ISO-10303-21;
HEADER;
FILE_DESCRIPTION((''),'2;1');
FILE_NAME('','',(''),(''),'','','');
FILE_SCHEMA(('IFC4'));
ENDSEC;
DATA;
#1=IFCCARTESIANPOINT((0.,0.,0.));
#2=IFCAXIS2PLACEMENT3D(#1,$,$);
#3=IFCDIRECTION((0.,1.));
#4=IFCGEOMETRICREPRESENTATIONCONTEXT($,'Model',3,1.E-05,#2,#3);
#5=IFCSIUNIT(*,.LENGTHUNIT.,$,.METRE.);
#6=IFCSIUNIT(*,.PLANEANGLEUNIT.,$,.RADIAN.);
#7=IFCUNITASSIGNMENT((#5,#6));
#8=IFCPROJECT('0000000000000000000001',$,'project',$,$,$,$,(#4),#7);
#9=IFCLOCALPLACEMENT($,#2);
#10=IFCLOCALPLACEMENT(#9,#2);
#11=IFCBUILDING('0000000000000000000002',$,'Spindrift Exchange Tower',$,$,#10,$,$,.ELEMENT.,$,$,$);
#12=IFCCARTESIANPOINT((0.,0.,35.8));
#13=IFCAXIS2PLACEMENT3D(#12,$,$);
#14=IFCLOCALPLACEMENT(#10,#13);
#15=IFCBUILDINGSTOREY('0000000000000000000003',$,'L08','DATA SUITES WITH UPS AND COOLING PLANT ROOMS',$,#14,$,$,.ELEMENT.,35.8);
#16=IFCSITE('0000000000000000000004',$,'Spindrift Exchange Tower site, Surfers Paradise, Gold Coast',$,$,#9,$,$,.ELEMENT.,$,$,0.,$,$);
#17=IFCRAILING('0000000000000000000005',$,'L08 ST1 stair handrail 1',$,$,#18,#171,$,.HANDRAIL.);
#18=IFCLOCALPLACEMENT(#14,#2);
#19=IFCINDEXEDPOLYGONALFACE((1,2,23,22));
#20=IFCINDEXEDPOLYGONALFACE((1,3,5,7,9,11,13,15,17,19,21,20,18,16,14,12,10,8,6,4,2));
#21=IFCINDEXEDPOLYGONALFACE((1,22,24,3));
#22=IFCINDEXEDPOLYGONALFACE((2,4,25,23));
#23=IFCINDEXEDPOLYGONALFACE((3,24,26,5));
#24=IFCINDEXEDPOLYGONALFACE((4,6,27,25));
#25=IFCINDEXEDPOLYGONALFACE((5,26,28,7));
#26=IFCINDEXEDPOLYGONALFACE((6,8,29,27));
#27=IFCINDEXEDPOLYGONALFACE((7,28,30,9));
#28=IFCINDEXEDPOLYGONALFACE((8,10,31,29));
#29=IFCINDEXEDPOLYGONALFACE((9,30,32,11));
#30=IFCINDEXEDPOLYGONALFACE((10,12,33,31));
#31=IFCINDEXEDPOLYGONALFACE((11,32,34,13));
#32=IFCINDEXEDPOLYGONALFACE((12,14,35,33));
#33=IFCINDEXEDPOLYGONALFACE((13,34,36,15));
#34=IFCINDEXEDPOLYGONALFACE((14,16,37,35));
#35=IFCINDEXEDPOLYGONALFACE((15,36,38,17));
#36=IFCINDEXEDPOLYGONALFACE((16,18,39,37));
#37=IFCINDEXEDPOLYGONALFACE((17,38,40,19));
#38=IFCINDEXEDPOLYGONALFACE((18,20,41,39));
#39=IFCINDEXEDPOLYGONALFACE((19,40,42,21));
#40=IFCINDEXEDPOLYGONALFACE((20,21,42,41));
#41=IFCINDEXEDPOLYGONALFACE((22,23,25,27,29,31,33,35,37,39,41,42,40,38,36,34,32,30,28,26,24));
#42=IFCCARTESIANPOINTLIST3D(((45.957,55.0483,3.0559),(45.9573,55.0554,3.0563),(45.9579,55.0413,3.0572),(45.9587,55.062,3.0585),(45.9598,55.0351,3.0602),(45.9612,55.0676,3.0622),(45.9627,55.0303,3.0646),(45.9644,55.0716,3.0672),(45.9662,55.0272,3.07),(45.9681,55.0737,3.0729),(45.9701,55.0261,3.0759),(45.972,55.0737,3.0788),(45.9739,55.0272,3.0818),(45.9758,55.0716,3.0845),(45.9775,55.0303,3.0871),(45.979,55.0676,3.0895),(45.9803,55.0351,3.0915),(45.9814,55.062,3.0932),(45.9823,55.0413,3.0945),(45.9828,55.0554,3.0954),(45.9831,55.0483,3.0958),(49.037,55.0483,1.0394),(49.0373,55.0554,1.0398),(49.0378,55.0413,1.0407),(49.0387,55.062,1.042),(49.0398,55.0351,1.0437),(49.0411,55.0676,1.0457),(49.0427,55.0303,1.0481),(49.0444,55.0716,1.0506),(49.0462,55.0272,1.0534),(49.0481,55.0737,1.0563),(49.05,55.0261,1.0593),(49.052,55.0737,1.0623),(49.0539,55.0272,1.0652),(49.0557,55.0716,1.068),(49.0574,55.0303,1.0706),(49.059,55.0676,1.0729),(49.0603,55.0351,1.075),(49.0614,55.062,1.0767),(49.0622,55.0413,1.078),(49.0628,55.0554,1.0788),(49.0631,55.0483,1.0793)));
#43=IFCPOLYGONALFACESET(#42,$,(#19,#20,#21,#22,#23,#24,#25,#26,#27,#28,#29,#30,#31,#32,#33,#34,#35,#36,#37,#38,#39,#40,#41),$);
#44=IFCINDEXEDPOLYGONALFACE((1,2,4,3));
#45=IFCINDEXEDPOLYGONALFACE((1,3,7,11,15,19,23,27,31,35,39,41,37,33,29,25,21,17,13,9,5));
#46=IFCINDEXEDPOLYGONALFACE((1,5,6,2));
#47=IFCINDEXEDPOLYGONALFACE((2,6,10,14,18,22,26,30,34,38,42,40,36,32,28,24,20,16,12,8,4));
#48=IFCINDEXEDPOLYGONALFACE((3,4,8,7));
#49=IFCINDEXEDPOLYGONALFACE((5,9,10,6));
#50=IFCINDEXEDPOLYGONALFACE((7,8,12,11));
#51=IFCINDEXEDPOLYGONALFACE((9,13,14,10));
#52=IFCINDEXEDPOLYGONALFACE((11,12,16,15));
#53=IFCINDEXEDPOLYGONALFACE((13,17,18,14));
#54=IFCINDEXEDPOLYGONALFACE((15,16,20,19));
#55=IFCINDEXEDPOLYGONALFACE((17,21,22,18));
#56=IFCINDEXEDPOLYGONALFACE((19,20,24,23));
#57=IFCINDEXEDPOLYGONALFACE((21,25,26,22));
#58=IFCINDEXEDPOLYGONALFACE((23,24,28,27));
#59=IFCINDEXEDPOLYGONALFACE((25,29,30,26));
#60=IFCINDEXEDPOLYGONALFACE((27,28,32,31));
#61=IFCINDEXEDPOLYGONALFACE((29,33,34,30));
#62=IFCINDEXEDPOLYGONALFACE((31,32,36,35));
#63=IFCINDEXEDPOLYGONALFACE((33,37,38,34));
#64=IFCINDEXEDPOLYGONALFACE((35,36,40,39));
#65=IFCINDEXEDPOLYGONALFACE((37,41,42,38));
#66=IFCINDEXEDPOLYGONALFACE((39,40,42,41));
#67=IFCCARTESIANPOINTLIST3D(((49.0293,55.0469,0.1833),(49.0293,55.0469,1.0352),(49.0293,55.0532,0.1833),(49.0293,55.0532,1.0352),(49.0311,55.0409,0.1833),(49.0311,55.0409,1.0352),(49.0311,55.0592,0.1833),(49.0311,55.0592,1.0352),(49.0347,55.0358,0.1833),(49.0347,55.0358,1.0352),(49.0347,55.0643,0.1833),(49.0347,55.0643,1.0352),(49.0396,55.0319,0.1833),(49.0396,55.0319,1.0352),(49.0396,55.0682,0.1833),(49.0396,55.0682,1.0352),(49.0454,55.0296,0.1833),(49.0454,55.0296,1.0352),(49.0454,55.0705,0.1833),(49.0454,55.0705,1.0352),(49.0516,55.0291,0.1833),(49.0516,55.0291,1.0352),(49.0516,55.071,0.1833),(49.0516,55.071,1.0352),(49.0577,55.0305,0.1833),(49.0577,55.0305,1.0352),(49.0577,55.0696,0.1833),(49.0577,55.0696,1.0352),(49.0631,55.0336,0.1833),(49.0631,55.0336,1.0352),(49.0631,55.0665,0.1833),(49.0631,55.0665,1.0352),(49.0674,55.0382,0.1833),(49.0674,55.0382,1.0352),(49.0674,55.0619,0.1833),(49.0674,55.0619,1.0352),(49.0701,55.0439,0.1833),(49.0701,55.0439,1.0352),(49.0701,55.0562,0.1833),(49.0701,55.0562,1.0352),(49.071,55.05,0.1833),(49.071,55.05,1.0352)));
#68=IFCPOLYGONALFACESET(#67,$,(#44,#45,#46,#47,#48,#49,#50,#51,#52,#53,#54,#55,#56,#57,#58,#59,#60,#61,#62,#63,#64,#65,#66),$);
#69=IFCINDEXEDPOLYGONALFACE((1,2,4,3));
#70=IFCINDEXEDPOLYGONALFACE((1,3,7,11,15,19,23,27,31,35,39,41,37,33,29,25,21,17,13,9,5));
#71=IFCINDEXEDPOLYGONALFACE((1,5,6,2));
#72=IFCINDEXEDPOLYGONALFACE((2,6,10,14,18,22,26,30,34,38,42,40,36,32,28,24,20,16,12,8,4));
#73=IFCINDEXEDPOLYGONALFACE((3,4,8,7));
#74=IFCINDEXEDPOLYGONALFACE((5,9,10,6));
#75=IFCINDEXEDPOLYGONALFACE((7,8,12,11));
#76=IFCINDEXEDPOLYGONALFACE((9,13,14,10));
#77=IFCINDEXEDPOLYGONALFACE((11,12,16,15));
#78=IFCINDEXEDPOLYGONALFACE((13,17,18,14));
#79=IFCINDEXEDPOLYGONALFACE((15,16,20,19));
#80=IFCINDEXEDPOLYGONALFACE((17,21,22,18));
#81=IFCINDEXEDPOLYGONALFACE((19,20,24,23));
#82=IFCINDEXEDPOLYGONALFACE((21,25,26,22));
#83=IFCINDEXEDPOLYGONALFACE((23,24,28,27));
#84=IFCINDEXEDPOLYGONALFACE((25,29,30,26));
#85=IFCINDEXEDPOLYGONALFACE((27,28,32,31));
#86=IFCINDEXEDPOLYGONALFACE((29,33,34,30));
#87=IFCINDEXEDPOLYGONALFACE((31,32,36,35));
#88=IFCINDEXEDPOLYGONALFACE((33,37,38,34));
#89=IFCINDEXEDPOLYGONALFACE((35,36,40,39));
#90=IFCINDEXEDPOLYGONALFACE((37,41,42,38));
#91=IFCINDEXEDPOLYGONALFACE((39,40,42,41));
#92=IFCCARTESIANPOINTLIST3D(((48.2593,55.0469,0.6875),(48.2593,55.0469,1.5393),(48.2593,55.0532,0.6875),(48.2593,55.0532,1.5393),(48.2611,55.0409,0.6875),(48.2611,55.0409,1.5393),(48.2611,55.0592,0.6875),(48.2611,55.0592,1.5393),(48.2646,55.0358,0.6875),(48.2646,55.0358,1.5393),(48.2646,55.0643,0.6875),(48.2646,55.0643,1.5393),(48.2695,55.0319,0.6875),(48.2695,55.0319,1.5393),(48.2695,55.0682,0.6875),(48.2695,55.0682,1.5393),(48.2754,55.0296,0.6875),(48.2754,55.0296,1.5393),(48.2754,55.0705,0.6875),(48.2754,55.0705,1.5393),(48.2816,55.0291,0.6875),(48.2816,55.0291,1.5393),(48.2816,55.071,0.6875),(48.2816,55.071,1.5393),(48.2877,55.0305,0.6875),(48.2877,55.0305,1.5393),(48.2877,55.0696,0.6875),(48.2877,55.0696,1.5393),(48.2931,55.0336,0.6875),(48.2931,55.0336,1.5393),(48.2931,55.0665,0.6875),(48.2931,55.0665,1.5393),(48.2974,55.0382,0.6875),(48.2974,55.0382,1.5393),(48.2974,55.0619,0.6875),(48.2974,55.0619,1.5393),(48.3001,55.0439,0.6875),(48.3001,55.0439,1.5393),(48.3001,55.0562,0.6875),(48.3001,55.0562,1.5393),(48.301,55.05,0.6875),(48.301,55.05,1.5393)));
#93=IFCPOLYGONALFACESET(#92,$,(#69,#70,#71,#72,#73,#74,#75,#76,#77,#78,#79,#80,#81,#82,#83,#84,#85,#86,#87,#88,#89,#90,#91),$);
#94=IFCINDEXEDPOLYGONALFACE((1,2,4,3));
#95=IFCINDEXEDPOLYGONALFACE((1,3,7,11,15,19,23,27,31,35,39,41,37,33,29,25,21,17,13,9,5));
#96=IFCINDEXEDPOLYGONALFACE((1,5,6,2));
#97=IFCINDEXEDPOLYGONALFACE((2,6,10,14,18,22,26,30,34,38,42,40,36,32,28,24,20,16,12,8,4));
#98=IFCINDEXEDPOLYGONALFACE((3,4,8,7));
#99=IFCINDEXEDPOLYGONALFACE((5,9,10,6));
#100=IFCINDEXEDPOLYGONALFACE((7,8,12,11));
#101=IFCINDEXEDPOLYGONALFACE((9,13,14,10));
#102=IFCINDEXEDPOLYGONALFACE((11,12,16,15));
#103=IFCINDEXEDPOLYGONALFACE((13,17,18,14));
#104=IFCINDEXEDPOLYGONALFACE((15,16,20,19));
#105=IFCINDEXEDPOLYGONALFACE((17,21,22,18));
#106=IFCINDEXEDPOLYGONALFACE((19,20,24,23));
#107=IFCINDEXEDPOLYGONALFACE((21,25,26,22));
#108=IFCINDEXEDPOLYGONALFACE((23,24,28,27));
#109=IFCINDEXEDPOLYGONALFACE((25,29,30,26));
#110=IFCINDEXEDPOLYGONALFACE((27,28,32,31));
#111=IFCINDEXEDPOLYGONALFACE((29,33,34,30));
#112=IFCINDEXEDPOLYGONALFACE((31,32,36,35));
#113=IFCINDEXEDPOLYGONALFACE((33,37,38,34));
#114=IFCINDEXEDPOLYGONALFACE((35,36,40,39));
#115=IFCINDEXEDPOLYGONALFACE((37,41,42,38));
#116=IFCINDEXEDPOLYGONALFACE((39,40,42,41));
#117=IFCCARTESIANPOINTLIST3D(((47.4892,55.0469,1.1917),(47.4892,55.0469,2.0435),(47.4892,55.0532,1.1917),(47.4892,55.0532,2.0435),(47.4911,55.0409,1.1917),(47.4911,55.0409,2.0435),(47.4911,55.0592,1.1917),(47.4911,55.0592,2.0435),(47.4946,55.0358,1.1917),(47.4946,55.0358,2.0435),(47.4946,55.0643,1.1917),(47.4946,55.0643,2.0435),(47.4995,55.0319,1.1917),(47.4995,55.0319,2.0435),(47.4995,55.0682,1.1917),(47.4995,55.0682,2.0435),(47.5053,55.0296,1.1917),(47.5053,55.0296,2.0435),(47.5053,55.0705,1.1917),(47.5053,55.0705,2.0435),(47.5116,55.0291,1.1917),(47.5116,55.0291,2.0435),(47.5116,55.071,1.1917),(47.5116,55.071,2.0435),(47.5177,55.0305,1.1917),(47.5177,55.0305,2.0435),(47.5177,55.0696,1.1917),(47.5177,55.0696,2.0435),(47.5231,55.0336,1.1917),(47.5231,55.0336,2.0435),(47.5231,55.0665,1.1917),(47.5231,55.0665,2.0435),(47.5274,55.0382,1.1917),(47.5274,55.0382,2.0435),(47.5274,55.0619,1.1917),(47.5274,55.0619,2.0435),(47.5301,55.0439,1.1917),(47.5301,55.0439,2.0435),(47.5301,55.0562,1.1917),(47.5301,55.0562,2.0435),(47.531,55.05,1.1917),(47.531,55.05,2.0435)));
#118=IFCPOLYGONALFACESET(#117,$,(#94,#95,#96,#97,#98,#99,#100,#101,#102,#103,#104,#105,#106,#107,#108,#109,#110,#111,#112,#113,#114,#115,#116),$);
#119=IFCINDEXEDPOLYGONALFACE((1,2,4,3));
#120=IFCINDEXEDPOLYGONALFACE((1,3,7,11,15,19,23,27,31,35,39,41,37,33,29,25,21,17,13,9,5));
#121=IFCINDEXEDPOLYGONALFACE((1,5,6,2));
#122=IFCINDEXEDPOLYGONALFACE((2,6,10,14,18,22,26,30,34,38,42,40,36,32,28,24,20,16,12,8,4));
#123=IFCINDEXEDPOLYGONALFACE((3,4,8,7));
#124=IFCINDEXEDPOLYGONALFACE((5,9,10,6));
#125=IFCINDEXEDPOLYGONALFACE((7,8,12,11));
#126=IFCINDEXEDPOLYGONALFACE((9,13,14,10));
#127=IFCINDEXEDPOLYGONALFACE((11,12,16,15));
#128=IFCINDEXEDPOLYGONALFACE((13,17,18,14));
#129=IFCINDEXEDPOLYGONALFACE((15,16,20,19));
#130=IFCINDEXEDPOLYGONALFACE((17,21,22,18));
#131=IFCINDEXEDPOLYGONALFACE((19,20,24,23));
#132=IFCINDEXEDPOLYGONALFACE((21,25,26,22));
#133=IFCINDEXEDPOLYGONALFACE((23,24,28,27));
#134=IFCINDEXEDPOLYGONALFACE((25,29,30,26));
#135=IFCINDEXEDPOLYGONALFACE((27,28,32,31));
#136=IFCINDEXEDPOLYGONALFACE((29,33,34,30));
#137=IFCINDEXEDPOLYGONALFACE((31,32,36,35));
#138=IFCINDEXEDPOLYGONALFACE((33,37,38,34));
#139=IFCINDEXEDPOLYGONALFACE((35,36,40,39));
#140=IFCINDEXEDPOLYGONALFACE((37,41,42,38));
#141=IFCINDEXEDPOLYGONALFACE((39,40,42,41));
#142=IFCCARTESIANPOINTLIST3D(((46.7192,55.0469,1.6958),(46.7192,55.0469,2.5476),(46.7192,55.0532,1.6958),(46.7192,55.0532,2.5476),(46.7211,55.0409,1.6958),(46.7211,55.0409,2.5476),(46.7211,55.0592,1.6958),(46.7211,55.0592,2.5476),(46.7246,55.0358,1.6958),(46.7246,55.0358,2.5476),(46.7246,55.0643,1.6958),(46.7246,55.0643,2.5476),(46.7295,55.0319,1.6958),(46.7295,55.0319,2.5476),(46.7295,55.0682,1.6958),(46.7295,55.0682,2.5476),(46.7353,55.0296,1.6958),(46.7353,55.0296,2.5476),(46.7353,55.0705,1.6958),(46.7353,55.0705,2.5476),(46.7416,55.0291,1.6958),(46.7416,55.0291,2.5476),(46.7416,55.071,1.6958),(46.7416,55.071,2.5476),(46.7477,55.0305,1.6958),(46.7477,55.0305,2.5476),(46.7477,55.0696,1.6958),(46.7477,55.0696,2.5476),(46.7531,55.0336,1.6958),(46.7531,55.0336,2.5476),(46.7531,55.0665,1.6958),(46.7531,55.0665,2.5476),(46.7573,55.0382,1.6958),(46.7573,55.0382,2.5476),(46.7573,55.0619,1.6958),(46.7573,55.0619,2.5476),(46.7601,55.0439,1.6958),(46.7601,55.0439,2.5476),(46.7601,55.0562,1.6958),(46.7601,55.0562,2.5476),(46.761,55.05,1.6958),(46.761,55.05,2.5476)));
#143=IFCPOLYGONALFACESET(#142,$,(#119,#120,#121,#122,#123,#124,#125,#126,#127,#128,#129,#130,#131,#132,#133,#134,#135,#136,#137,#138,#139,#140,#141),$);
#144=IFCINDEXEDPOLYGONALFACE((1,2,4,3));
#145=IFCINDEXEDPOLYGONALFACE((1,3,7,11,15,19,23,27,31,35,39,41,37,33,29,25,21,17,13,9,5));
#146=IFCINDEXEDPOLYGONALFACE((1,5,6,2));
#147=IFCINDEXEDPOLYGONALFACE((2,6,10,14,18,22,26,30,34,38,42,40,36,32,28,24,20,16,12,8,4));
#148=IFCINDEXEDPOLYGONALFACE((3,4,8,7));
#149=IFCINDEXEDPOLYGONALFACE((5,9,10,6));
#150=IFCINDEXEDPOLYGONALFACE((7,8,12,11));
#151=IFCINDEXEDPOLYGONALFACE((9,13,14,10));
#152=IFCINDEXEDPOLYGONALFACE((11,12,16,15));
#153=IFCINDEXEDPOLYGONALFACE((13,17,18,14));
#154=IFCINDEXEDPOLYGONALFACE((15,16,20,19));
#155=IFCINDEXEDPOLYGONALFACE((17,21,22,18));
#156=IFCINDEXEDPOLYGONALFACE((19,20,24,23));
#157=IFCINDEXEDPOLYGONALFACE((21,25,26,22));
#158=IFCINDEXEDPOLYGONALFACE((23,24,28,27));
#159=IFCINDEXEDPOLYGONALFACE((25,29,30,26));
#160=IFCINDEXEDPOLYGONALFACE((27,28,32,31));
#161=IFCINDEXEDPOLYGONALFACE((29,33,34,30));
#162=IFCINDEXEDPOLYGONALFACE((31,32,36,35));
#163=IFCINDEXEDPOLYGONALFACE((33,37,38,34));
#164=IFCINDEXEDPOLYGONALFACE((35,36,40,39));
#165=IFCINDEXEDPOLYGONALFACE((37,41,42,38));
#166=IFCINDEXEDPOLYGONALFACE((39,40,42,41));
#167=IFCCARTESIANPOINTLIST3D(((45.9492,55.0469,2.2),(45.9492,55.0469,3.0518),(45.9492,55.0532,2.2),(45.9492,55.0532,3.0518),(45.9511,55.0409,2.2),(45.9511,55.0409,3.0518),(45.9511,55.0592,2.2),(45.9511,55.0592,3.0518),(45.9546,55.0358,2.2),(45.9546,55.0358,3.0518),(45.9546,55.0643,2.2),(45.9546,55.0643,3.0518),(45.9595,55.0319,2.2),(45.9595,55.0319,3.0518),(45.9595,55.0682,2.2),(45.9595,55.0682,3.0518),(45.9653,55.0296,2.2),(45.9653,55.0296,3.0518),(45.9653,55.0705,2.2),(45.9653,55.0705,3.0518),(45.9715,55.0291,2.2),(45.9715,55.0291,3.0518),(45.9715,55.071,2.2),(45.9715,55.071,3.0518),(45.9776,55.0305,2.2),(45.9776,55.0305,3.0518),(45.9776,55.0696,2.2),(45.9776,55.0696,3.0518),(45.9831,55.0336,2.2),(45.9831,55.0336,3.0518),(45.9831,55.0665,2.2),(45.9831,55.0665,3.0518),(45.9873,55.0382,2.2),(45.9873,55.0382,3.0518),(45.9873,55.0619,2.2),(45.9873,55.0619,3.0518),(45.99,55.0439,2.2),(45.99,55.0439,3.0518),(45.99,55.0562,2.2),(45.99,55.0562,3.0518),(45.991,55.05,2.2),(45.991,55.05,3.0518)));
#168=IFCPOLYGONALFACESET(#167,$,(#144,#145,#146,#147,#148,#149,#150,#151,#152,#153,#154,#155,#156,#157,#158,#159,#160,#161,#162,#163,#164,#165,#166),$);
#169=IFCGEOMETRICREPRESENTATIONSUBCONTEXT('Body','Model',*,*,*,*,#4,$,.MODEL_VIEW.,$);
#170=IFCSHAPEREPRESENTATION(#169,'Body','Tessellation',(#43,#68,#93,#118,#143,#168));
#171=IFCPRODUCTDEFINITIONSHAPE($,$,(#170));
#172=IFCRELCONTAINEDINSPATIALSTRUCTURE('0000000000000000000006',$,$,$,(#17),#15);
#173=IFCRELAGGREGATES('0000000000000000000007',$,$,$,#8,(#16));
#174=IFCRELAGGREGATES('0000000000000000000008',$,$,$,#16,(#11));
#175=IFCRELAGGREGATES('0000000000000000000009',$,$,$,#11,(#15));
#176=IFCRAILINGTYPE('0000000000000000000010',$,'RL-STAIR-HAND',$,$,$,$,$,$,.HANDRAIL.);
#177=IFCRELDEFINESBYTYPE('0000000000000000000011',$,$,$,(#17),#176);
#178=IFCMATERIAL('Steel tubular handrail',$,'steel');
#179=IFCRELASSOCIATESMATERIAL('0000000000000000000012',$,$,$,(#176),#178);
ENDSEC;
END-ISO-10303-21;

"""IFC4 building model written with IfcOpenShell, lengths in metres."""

from ifc_helpers import new_model, si_unit, direction, frame, origin, origin_2d, place, context, subcontext, project, spatial, circle, extrude, material, type_object, element, save


model = new_model("IFC4")

# Units and contexts
model_context = context("Model", 3, precision=1e-05, world=origin(), true_north=direction((0.0, 1.0)))
body_context = subcontext(model_context, "Body", "Model", "MODEL_VIEW")
ifc_project = project(units=[si_unit("LENGTHUNIT", "METRE"), si_unit("PLANEANGLEUNIT", "RADIAN")], contexts=[model_context])

# Site, building, storey
site_placement = place(None, origin())
site = spatial("IfcSite", under=ifc_project, at=site_placement, Name="Spindrift Exchange Tower site, Surfers Paradise, Gold Coast", CompositionType="ELEMENT", RefElevation=0.0)
building_placement = place(site_placement, origin())
building = spatial("IfcBuilding", under=site, at=building_placement, Name="Spindrift Exchange Tower", CompositionType="ELEMENT")
storey_placement = place(building_placement, frame((0.0, 0.0, 35.8)))
storey = spatial("IfcBuildingStorey", under=building, at=storey_placement, Name="L08", Description="DATA SUITES WITH UPS AND COOLING PLANT ROOMS", CompositionType="ELEMENT", Elevation=35.8)

# Railing
ifc_material_1 = material(Name="Steel tubular handrail", Category="steel")
railing_type_1 = type_object("IfcRailingType", Name="RL-STAIR-HAND", PredefinedType="HANDRAIL", material=ifc_material_1)
railing_1_placement = place(storey_placement, frame((49.05, 55.05, 0.1833)))
element("IfcRailing", 1, at=railing_1_placement, inside=storey, type_object=railing_type_1, Name="L08 ST1 stair handrail 1", PredefinedType="HANDRAIL", context=body_context, shape_type="SweptSolid", body=[
    extrude(circle(Radius=0.0239, at=origin_2d()), frame((0.0, 0.0, 0.876), z_axis=(-0.836633, 0.0, 0.547764), x_axis=(0.0, -1.0, 0.0)), (0.0, 0.0, 1.0), 3.6814),
    extrude(circle(Radius=0.021, at=origin_2d()), origin(), (0.0, 0.0, 1.0), 0.8518),
    extrude(circle(Radius=0.021, at=origin_2d()), frame((-0.77, 0.0, 0.5042)), (0.0, 0.0, 1.0), 0.8518),
    extrude(circle(Radius=0.021, at=origin_2d()), frame((-1.54, 0.0, 1.0083)), (0.0, 0.0, 1.0), 0.8518),
    extrude(circle(Radius=0.021, at=origin_2d()), frame((-2.3101, 0.0, 1.5125)), (0.0, 0.0, 1.0), 0.8518),
    extrude(circle(Radius=0.021, at=origin_2d()), frame((-3.0801, 0.0, 2.0166)), (0.0, 0.0, 1.0), 0.8518),
])

save(model, "model.ifc")
